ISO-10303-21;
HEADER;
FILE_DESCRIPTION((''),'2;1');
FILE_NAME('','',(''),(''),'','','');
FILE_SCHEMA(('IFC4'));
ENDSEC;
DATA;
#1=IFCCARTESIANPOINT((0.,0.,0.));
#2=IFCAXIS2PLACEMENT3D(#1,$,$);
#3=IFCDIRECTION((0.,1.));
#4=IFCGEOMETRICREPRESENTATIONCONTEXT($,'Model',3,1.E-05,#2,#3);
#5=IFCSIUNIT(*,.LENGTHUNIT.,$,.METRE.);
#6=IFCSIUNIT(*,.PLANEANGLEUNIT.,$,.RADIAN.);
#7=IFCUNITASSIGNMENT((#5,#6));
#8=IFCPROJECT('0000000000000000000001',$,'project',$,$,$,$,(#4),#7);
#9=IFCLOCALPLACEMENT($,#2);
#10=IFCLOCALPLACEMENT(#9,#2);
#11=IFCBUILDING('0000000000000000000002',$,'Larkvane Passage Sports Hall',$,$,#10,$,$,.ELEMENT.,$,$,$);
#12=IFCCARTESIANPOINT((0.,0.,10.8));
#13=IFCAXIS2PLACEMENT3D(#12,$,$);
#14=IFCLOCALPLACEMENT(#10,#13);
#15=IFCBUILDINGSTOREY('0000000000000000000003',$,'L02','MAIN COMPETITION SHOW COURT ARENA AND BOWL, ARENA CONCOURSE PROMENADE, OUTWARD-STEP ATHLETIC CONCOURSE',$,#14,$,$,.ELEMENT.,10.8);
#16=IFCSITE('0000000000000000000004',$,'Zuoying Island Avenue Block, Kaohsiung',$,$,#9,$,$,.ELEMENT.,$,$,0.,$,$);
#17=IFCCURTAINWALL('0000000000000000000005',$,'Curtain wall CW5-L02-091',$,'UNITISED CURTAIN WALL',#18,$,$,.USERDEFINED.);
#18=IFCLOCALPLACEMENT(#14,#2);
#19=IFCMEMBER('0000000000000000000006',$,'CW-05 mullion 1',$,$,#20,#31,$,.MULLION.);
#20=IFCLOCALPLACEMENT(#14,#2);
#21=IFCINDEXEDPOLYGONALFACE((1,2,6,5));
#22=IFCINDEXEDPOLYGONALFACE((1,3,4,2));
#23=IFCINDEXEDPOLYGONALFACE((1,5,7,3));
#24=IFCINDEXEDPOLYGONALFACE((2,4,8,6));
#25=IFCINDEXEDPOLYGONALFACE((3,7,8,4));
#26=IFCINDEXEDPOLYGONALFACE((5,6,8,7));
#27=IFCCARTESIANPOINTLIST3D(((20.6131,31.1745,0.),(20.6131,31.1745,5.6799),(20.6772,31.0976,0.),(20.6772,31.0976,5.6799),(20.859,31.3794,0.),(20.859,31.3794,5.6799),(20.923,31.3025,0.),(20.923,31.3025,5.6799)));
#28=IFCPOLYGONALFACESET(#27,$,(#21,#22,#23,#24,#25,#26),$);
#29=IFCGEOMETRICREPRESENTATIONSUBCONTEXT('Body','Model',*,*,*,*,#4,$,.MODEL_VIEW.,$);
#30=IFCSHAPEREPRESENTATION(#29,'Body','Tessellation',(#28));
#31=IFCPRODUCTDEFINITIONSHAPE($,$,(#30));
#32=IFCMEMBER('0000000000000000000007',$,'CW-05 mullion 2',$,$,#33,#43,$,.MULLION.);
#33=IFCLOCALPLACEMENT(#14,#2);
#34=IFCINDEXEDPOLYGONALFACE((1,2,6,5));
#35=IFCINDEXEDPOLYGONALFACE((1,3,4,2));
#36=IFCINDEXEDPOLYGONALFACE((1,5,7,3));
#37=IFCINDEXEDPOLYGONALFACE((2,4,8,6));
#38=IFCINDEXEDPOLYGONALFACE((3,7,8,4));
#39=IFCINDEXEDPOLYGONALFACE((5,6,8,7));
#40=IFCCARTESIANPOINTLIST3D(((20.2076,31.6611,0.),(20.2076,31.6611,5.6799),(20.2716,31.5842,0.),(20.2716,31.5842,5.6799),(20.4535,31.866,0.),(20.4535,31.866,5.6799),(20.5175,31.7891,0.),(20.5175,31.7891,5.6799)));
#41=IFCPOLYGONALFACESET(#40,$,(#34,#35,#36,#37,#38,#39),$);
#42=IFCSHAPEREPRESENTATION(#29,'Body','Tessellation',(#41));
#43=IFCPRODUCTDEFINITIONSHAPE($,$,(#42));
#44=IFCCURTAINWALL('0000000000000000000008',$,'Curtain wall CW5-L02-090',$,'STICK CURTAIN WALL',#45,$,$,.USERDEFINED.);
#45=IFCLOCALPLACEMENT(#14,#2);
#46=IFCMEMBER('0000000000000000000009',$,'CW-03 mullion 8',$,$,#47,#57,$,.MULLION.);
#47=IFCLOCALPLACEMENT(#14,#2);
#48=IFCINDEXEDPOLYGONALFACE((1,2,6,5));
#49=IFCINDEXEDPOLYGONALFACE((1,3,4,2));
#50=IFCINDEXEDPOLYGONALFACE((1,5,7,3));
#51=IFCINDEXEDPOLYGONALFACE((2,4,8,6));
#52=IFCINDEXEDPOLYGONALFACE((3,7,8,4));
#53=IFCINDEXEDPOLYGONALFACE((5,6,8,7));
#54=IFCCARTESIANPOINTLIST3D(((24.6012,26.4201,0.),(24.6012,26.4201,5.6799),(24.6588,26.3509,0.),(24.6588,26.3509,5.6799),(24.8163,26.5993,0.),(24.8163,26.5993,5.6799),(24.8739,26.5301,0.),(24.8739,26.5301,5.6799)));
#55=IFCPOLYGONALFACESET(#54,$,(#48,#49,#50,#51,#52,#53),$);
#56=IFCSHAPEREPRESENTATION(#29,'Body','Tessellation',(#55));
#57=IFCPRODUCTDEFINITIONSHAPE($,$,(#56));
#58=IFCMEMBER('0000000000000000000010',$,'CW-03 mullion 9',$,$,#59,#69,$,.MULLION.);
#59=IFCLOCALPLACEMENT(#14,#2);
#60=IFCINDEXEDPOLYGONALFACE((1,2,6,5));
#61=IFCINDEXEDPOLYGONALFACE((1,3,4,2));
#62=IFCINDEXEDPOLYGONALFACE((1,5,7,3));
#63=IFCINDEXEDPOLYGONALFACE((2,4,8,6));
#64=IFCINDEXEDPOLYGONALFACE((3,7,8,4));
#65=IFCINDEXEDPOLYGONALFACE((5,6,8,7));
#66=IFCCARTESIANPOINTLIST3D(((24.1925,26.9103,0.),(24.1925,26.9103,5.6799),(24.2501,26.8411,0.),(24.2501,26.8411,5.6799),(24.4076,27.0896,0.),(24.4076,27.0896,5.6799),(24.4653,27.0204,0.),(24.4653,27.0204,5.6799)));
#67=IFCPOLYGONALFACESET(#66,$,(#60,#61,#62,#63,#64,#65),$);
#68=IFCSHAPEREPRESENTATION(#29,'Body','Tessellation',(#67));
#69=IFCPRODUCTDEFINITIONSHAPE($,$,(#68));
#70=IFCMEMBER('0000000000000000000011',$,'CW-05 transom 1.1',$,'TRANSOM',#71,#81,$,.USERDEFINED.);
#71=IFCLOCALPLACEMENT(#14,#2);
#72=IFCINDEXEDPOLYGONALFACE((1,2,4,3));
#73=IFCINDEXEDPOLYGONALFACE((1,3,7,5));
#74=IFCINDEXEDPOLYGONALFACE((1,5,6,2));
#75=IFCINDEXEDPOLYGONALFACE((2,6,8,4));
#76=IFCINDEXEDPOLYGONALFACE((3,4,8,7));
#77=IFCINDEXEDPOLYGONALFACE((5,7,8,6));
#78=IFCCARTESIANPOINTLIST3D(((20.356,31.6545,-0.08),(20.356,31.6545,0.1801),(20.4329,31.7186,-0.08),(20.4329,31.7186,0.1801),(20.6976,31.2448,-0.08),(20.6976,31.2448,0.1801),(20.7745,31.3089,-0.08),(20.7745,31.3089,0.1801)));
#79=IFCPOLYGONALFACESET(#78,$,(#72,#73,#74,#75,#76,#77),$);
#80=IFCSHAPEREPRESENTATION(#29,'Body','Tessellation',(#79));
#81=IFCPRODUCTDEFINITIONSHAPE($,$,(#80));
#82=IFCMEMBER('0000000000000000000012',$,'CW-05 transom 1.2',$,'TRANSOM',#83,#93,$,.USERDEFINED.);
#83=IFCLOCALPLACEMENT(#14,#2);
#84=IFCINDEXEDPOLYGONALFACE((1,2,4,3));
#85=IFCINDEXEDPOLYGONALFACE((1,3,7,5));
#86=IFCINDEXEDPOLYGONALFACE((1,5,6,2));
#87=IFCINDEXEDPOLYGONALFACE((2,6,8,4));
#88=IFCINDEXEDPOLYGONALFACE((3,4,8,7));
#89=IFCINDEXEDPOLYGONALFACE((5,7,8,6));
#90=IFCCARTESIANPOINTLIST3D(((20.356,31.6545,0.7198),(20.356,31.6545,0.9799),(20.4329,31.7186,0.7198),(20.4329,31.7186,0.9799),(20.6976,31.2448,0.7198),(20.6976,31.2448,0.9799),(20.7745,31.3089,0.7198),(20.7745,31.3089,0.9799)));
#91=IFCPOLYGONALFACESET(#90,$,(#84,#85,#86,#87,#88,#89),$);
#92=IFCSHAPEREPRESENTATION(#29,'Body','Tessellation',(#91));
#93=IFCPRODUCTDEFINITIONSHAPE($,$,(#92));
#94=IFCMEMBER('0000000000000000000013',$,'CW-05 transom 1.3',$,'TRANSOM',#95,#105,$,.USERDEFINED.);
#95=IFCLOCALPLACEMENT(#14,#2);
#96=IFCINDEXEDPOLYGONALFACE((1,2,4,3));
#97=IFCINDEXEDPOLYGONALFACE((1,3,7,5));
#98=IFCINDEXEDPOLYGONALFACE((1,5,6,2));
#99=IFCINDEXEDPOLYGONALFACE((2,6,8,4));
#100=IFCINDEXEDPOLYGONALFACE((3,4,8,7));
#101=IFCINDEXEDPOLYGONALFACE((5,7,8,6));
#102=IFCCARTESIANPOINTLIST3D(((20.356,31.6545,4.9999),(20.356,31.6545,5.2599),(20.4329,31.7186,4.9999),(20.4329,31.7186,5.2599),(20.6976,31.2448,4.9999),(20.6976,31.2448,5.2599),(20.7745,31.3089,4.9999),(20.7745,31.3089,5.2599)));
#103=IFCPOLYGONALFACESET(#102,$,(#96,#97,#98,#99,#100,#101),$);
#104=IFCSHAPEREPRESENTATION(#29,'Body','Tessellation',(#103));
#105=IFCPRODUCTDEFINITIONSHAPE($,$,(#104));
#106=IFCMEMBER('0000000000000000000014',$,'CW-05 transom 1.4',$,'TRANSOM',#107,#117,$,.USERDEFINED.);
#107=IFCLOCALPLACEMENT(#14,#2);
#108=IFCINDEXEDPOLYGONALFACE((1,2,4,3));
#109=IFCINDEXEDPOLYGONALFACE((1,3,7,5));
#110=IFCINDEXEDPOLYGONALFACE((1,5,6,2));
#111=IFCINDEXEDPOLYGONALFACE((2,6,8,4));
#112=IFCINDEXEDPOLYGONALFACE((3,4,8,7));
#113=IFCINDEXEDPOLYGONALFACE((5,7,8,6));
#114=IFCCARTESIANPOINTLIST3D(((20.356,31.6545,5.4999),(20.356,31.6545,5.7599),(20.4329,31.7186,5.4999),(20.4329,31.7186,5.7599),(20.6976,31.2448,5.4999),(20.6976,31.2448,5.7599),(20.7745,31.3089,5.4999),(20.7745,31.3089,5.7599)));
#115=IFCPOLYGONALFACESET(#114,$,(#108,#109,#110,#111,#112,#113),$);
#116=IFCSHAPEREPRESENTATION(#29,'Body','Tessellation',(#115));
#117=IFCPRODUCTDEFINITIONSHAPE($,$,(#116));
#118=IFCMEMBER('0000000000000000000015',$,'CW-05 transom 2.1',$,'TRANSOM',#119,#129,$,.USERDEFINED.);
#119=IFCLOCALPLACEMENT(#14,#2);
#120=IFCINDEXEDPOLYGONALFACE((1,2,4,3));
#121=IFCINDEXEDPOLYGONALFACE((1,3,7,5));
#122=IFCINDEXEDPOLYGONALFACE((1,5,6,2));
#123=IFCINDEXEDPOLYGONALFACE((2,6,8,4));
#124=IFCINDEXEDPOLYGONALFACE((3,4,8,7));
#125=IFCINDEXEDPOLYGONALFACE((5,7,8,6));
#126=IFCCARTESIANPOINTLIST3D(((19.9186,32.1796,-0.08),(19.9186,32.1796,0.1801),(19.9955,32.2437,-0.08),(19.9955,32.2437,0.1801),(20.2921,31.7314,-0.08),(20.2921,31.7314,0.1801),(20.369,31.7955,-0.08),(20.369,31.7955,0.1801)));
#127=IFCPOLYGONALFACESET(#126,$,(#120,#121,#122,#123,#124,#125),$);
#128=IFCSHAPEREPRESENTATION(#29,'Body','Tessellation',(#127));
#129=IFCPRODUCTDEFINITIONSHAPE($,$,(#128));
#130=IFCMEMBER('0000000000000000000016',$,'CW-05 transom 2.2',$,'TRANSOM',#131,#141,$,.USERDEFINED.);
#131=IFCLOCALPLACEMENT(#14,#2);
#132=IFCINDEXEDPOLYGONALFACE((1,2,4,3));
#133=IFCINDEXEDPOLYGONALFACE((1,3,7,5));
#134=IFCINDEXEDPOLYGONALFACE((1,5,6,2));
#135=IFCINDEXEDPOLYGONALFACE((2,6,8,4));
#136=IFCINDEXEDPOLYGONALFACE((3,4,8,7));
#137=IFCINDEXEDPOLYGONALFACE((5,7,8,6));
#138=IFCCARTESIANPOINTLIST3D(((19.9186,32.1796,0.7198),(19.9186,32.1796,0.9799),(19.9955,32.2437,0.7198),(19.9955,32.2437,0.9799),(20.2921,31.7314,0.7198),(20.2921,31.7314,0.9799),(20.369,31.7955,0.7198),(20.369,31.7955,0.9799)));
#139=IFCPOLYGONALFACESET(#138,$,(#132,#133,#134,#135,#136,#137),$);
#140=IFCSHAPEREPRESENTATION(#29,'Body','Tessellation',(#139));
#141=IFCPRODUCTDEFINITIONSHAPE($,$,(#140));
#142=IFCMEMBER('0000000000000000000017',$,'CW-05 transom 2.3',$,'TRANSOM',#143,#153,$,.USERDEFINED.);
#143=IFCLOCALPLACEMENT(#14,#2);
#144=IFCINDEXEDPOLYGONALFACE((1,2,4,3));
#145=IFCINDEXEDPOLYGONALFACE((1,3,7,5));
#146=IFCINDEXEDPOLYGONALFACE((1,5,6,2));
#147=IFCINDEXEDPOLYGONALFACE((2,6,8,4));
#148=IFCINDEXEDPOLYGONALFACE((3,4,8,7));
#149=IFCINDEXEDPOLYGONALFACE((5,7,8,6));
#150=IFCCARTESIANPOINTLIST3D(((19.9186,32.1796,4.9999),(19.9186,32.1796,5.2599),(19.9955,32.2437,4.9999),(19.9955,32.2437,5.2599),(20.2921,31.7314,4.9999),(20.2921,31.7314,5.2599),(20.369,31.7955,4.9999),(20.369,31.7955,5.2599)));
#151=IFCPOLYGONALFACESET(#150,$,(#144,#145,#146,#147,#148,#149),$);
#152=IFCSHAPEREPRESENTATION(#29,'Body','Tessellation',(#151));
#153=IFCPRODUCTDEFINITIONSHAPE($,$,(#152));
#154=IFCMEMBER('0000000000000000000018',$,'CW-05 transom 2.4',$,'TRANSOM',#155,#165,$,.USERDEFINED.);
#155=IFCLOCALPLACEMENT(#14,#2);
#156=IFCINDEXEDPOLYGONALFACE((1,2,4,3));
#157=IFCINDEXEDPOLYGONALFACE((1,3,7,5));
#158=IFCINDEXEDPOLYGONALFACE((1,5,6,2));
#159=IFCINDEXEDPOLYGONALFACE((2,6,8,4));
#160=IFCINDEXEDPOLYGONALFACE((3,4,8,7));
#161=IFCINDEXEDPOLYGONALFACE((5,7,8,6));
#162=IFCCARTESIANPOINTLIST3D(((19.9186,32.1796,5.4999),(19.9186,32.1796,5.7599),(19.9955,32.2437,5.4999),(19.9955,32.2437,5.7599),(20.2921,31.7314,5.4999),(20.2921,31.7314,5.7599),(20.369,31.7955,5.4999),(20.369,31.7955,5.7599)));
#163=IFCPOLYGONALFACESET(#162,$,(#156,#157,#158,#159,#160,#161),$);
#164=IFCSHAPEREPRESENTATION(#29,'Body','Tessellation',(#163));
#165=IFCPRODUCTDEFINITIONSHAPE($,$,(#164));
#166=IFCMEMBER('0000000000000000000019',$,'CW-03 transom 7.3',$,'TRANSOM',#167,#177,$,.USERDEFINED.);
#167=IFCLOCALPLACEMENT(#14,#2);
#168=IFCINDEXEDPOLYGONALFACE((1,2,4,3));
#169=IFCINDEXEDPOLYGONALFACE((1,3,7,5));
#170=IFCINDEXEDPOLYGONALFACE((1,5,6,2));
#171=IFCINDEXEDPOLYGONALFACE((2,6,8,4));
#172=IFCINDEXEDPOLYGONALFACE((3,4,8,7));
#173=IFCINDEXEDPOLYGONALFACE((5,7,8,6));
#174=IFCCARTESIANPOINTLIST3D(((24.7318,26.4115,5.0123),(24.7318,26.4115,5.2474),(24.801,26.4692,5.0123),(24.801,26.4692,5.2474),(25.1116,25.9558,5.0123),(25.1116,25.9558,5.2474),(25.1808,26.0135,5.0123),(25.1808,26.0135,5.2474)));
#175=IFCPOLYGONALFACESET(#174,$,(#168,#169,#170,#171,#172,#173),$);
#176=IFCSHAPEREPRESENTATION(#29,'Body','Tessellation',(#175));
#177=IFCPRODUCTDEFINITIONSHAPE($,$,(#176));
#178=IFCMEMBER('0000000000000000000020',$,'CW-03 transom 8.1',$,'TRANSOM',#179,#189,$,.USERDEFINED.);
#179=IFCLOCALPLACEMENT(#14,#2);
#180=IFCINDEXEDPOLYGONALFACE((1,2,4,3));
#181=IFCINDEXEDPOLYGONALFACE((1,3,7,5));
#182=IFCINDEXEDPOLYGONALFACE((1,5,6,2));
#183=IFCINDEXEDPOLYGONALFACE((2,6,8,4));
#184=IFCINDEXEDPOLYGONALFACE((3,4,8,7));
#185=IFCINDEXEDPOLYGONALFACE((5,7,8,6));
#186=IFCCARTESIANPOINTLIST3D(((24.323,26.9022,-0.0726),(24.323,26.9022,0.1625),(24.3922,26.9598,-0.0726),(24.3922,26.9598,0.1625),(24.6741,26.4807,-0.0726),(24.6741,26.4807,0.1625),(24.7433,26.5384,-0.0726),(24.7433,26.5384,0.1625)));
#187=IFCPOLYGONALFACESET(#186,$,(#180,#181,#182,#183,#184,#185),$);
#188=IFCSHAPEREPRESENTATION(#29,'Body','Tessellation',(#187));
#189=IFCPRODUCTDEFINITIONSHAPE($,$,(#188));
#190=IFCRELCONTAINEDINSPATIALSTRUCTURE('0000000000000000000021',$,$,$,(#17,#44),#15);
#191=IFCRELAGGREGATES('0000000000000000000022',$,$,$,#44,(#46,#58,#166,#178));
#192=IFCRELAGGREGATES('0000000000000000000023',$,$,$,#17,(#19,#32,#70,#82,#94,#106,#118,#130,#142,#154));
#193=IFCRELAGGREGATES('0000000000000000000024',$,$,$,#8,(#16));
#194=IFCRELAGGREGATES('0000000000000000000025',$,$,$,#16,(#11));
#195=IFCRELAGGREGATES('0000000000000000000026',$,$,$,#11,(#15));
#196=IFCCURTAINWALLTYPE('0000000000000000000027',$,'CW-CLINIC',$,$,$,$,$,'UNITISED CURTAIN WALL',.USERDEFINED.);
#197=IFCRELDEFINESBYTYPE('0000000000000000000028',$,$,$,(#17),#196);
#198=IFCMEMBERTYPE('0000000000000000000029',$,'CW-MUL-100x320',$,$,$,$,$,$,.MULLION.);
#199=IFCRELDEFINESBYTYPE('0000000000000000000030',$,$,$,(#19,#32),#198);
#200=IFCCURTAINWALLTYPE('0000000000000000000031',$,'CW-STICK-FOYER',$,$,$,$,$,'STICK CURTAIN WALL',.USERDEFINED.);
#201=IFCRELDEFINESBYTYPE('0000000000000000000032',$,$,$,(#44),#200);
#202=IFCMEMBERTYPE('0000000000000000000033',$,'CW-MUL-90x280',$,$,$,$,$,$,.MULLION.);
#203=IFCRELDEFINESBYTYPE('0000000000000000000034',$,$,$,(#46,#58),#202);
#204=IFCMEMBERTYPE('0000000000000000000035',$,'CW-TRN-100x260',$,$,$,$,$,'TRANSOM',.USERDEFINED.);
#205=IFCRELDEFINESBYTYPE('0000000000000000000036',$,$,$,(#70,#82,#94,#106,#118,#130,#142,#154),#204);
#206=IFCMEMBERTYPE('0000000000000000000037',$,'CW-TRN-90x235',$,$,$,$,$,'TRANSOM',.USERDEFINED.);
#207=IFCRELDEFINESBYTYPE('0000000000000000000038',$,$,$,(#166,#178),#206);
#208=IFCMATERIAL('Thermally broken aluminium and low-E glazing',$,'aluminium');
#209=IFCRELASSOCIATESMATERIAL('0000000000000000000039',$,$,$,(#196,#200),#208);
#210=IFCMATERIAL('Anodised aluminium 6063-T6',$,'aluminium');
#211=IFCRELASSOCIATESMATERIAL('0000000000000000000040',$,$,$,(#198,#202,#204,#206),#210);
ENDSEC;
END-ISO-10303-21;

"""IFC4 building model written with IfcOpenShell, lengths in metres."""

from ifc_helpers import new_model, si_unit, direction, frame, origin, origin_2d, place, context, subcontext, project, spatial, rectangle, extrude, material, material_profile, profile_set, type_object, element, aggregate, save


model = new_model("IFC4")

# Units and contexts
model_context = context("Model", 3, precision=1e-05, world=origin(), true_north=direction((0.0, 1.0)))
body_context = subcontext(model_context, "Body", "Model", "MODEL_VIEW")
ifc_project = project(units=[si_unit("LENGTHUNIT", "METRE"), si_unit("PLANEANGLEUNIT", "RADIAN")], contexts=[model_context])

# Site, building, storey
site_placement = place(None, origin())
site = spatial("IfcSite", under=ifc_project, at=site_placement, Name="Zuoying Island Avenue Block, Kaohsiung", CompositionType="ELEMENT", RefElevation=0.0)
building_placement = place(site_placement, origin())
building = spatial("IfcBuilding", under=site, at=building_placement, Name="Larkvane Passage Sports Hall", CompositionType="ELEMENT")
storey_placement = place(building_placement, frame((0.0, 0.0, 10.8)))
storey = spatial("IfcBuildingStorey", under=building, at=storey_placement, Name="L02", Description="MAIN COMPETITION SHOW COURT ARENA AND BOWL, ARENA CONCOURSE PROMENADE, OUTWARD-STEP ATHLETIC CONCOURSE", CompositionType="ELEMENT", Elevation=10.8)

# Curtain walls, members
ifc_material_1 = material(Name="Thermally broken aluminium and low-E glazing", Category="aluminium")
curtain_wall_type_1 = type_object("IfcCurtainWallType", Name="CW-CLINIC", ElementType="UNITISED CURTAIN WALL", PredefinedType="USERDEFINED", material=ifc_material_1)
curtain_wall_1_placement = place(storey_placement, origin())
curtain_wall_1 = element("IfcCurtainWall", 1, at=curtain_wall_1_placement, inside=storey, type_object=curtain_wall_type_1, Name="Curtain wall CW5-L02-091", ObjectType="UNITISED CURTAIN WALL", PredefinedType="USERDEFINED")
ifc_material_2 = material(Name="Anodised aluminium 6063-T6", Category="aluminium")
ifc_material_profile_1 = material_profile(ifc_material_2, rectangle(XDim=0.1001, YDim=0.3201, at=origin_2d()), Name="ALU-MUL-100x320")
ifc_profile_set_1 = profile_set([ifc_material_profile_1], Name="Anodised aluminium 6063-T6")
member_type_1 = type_object("IfcMemberType", Name="CW-MUL-100x320", PredefinedType="MULLION", material=ifc_profile_set_1)
member_1_placement = place(storey_placement, frame((20.7681, 31.2385, 0.0), z_axis=(0.0, 0.0, 1.0), x_axis=(-0.640184, 0.768221, 0.0)))
member_1 = element("IfcMember", 2, at=member_1_placement, type_object=member_type_1, Name="CW-05 mullion 1", PredefinedType="MULLION", context=body_context, shape_type="SweptSolid", body=[
    extrude(rectangle(XDim=0.1001, YDim=0.3201, at=origin_2d()), origin(), (0.0, 0.0, 1.0), 5.6799),
])
member_2_placement = place(storey_placement, frame((20.3625, 31.7251, 0.0), z_axis=(0.0, 0.0, 1.0), x_axis=(-0.640184, 0.768221, 0.0)))
member_2 = element("IfcMember", 3, at=member_2_placement, type_object=member_type_1, Name="CW-05 mullion 2", PredefinedType="MULLION", context=body_context, shape_type="SweptSolid", body=[
    extrude(rectangle(XDim=0.1001, YDim=0.3201, at=origin_2d()), origin(), (0.0, 0.0, 1.0), 5.6799),
])
curtain_wall_type_2 = type_object("IfcCurtainWallType", Name="CW-STICK-FOYER", ElementType="STICK CURTAIN WALL", PredefinedType="USERDEFINED", material=ifc_material_1)
curtain_wall_2_placement = place(storey_placement, origin())
curtain_wall_2 = element("IfcCurtainWall", 4, at=curtain_wall_2_placement, inside=storey, type_object=curtain_wall_type_2, Name="Curtain wall CW5-L02-090", ObjectType="STICK CURTAIN WALL", PredefinedType="USERDEFINED")
ifc_material_profile_2 = material_profile(ifc_material_2, rectangle(XDim=0.0901, YDim=0.28, at=origin_2d()), Name="ALU-MUL-90x280")
ifc_profile_set_2 = profile_set([ifc_material_profile_2], Name="Anodised aluminium 6063-T6")
member_type_2 = type_object("IfcMemberType", Name="CW-MUL-90x280", PredefinedType="MULLION", material=ifc_profile_set_2)
member_3_placement = place(storey_placement, frame((24.7375, 26.4751, 0.0), z_axis=(0.0, 0.0, 1.0), x_axis=(-0.640184, 0.768221, 0.0)))
member_3 = element("IfcMember", 5, at=member_3_placement, type_object=member_type_2, Name="CW-03 mullion 8", PredefinedType="MULLION", context=body_context, shape_type="SweptSolid", body=[
    extrude(rectangle(XDim=0.0901, YDim=0.28, at=origin_2d()), origin(), (0.0, 0.0, 1.0), 5.6799),
])
member_4_placement = place(storey_placement, frame((24.3289, 26.9653, 0.0), z_axis=(0.0, 0.0, 1.0), x_axis=(-0.640184, 0.768221, 0.0)))
member_4 = element("IfcMember", 6, at=member_4_placement, type_object=member_type_2, Name="CW-03 mullion 9", PredefinedType="MULLION", context=body_context, shape_type="SweptSolid", body=[
    extrude(rectangle(XDim=0.0901, YDim=0.28, at=origin_2d()), origin(), (0.0, 0.0, 1.0), 5.6799),
])

# Members
ifc_material_profile_3 = material_profile(ifc_material_2, rectangle(XDim=0.1001, YDim=0.26, at=origin_2d()), Name="ALU-TRN-100x260")
ifc_profile_set_3 = profile_set([ifc_material_profile_3], Name="Anodised aluminium 6063-T6")
member_type_3 = type_object("IfcMemberType", Name="CW-TRN-100x260", ElementType="TRANSOM", PredefinedType="USERDEFINED", material=ifc_profile_set_3)
member_5_placement = place(storey_placement, frame((20.7361, 31.2769, 0.05), z_axis=(-0.640364, 0.768071, 0.0), x_axis=(-0.768071, -0.640364, 0.0)))
member_5 = element("IfcMember", 7, at=member_5_placement, type_object=member_type_3, Name="CW-05 transom 1.1", ObjectType="TRANSOM", PredefinedType="USERDEFINED", context=body_context, shape_type="SweptSolid", body=[
    extrude(rectangle(XDim=0.1001, YDim=0.26, at=origin_2d()), origin(), (0.0, 0.0, 1.0), 0.5334),
])
member_6_placement = place(storey_placement, frame((20.7361, 31.2769, 0.8499), z_axis=(-0.640364, 0.768071, 0.0), x_axis=(-0.768071, -0.640364, 0.0)))
member_6 = element("IfcMember", 8, at=member_6_placement, type_object=member_type_3, Name="CW-05 transom 1.2", ObjectType="TRANSOM", PredefinedType="USERDEFINED", context=body_context, shape_type="SweptSolid", body=[
    extrude(rectangle(XDim=0.1001, YDim=0.26, at=origin_2d()), origin(), (0.0, 0.0, 1.0), 0.5334),
])
member_7_placement = place(storey_placement, frame((20.7361, 31.2769, 5.1299), z_axis=(-0.640364, 0.768071, 0.0), x_axis=(-0.768071, -0.640364, 0.0)))
member_7 = element("IfcMember", 9, at=member_7_placement, type_object=member_type_3, Name="CW-05 transom 1.3", ObjectType="TRANSOM", PredefinedType="USERDEFINED", context=body_context, shape_type="SweptSolid", body=[
    extrude(rectangle(XDim=0.1001, YDim=0.26, at=origin_2d()), origin(), (0.0, 0.0, 1.0), 0.5334),
])
member_8_placement = place(storey_placement, frame((20.7361, 31.2769, 5.6299), z_axis=(-0.640364, 0.768071, 0.0), x_axis=(-0.768071, -0.640364, 0.0)))
member_8 = element("IfcMember", 10, at=member_8_placement, type_object=member_type_3, Name="CW-05 transom 1.4", ObjectType="TRANSOM", PredefinedType="USERDEFINED", context=body_context, shape_type="SweptSolid", body=[
    extrude(rectangle(XDim=0.1001, YDim=0.26, at=origin_2d()), origin(), (0.0, 0.0, 1.0), 0.5334),
])
member_9_placement = place(storey_placement, frame((20.3306, 31.7634, 0.05), z_axis=(-0.640184, 0.768221, 0.0), x_axis=(-0.768221, -0.640184, 0.0)))
member_9 = element("IfcMember", 11, at=member_9_placement, type_object=member_type_3, Name="CW-05 transom 2.1", ObjectType="TRANSOM", PredefinedType="USERDEFINED", context=body_context, shape_type="SweptSolid", body=[
    extrude(rectangle(XDim=0.1001, YDim=0.26, at=origin_2d()), origin(), (0.0, 0.0, 1.0), 0.5835),
])
member_10_placement = place(storey_placement, frame((20.3306, 31.7634, 0.8499), z_axis=(-0.640184, 0.768221, 0.0), x_axis=(-0.768221, -0.640184, 0.0)))
member_10 = element("IfcMember", 12, at=member_10_placement, type_object=member_type_3, Name="CW-05 transom 2.2", ObjectType="TRANSOM", PredefinedType="USERDEFINED", context=body_context, shape_type="SweptSolid", body=[
    extrude(rectangle(XDim=0.1001, YDim=0.26, at=origin_2d()), origin(), (0.0, 0.0, 1.0), 0.5835),
])
member_11_placement = place(storey_placement, frame((20.3306, 31.7634, 5.1299), z_axis=(-0.640184, 0.768221, 0.0), x_axis=(-0.768221, -0.640184, 0.0)))
member_11 = element("IfcMember", 13, at=member_11_placement, type_object=member_type_3, Name="CW-05 transom 2.3", ObjectType="TRANSOM", PredefinedType="USERDEFINED", context=body_context, shape_type="SweptSolid", body=[
    extrude(rectangle(XDim=0.1001, YDim=0.26, at=origin_2d()), origin(), (0.0, 0.0, 1.0), 0.5835),
])
member_12_placement = place(storey_placement, frame((20.3306, 31.7634, 5.6299), z_axis=(-0.640184, 0.768221, 0.0), x_axis=(-0.768221, -0.640184, 0.0)))
member_12 = element("IfcMember", 14, at=member_12_placement, type_object=member_type_3, Name="CW-05 transom 2.4", ObjectType="TRANSOM", PredefinedType="USERDEFINED", context=body_context, shape_type="SweptSolid", body=[
    extrude(rectangle(XDim=0.1001, YDim=0.26, at=origin_2d()), origin(), (0.0, 0.0, 1.0), 0.5835),
])
ifc_material_profile_4 = material_profile(ifc_material_2, rectangle(XDim=0.0901, YDim=0.2351, at=origin_2d()), Name="ALU-TRN-90x235")
ifc_profile_set_4 = profile_set([ifc_material_profile_4], Name="Anodised aluminium 6063-T6")
member_type_4 = type_object("IfcMemberType", Name="CW-TRN-90x235", ElementType="TRANSOM", PredefinedType="USERDEFINED", material=ifc_profile_set_4)
member_13_placement = place(storey_placement, frame((25.1462, 25.9846, 5.1299), z_axis=(-0.640225, 0.768188, 0.0), x_axis=(-0.768188, -0.640225, 0.0)))
member_13 = element("IfcMember", 15, at=member_13_placement, type_object=member_type_4, Name="CW-03 transom 7.3", ObjectType="TRANSOM", PredefinedType="USERDEFINED", context=body_context, shape_type="SweptSolid", body=[
    extrude(rectangle(XDim=0.0901, YDim=0.2351, at=origin_2d()), origin(), (0.0, 0.0, 1.0), 0.5933),
])
member_14_placement = place(storey_placement, frame((24.7087, 26.5095, 0.0449), z_axis=(-0.640097, 0.768294, 0.0), x_axis=(-0.768294, -0.640097, 0.0)))
member_14 = element("IfcMember", 16, at=member_14_placement, type_object=member_type_4, Name="CW-03 transom 8.1", ObjectType="TRANSOM", PredefinedType="USERDEFINED", context=body_context, shape_type="SweptSolid", body=[
    extrude(rectangle(XDim=0.0901, YDim=0.2351, at=origin_2d()), origin(), (0.0, 0.0, 1.0), 0.5486),
])

aggregate(curtain_wall_2, [member_3, member_4, member_13, member_14])
aggregate(curtain_wall_1, [member_1, member_2, member_5, member_6, member_7, member_8, member_9, member_10, member_11, member_12])

save(model, "model.ifc")
